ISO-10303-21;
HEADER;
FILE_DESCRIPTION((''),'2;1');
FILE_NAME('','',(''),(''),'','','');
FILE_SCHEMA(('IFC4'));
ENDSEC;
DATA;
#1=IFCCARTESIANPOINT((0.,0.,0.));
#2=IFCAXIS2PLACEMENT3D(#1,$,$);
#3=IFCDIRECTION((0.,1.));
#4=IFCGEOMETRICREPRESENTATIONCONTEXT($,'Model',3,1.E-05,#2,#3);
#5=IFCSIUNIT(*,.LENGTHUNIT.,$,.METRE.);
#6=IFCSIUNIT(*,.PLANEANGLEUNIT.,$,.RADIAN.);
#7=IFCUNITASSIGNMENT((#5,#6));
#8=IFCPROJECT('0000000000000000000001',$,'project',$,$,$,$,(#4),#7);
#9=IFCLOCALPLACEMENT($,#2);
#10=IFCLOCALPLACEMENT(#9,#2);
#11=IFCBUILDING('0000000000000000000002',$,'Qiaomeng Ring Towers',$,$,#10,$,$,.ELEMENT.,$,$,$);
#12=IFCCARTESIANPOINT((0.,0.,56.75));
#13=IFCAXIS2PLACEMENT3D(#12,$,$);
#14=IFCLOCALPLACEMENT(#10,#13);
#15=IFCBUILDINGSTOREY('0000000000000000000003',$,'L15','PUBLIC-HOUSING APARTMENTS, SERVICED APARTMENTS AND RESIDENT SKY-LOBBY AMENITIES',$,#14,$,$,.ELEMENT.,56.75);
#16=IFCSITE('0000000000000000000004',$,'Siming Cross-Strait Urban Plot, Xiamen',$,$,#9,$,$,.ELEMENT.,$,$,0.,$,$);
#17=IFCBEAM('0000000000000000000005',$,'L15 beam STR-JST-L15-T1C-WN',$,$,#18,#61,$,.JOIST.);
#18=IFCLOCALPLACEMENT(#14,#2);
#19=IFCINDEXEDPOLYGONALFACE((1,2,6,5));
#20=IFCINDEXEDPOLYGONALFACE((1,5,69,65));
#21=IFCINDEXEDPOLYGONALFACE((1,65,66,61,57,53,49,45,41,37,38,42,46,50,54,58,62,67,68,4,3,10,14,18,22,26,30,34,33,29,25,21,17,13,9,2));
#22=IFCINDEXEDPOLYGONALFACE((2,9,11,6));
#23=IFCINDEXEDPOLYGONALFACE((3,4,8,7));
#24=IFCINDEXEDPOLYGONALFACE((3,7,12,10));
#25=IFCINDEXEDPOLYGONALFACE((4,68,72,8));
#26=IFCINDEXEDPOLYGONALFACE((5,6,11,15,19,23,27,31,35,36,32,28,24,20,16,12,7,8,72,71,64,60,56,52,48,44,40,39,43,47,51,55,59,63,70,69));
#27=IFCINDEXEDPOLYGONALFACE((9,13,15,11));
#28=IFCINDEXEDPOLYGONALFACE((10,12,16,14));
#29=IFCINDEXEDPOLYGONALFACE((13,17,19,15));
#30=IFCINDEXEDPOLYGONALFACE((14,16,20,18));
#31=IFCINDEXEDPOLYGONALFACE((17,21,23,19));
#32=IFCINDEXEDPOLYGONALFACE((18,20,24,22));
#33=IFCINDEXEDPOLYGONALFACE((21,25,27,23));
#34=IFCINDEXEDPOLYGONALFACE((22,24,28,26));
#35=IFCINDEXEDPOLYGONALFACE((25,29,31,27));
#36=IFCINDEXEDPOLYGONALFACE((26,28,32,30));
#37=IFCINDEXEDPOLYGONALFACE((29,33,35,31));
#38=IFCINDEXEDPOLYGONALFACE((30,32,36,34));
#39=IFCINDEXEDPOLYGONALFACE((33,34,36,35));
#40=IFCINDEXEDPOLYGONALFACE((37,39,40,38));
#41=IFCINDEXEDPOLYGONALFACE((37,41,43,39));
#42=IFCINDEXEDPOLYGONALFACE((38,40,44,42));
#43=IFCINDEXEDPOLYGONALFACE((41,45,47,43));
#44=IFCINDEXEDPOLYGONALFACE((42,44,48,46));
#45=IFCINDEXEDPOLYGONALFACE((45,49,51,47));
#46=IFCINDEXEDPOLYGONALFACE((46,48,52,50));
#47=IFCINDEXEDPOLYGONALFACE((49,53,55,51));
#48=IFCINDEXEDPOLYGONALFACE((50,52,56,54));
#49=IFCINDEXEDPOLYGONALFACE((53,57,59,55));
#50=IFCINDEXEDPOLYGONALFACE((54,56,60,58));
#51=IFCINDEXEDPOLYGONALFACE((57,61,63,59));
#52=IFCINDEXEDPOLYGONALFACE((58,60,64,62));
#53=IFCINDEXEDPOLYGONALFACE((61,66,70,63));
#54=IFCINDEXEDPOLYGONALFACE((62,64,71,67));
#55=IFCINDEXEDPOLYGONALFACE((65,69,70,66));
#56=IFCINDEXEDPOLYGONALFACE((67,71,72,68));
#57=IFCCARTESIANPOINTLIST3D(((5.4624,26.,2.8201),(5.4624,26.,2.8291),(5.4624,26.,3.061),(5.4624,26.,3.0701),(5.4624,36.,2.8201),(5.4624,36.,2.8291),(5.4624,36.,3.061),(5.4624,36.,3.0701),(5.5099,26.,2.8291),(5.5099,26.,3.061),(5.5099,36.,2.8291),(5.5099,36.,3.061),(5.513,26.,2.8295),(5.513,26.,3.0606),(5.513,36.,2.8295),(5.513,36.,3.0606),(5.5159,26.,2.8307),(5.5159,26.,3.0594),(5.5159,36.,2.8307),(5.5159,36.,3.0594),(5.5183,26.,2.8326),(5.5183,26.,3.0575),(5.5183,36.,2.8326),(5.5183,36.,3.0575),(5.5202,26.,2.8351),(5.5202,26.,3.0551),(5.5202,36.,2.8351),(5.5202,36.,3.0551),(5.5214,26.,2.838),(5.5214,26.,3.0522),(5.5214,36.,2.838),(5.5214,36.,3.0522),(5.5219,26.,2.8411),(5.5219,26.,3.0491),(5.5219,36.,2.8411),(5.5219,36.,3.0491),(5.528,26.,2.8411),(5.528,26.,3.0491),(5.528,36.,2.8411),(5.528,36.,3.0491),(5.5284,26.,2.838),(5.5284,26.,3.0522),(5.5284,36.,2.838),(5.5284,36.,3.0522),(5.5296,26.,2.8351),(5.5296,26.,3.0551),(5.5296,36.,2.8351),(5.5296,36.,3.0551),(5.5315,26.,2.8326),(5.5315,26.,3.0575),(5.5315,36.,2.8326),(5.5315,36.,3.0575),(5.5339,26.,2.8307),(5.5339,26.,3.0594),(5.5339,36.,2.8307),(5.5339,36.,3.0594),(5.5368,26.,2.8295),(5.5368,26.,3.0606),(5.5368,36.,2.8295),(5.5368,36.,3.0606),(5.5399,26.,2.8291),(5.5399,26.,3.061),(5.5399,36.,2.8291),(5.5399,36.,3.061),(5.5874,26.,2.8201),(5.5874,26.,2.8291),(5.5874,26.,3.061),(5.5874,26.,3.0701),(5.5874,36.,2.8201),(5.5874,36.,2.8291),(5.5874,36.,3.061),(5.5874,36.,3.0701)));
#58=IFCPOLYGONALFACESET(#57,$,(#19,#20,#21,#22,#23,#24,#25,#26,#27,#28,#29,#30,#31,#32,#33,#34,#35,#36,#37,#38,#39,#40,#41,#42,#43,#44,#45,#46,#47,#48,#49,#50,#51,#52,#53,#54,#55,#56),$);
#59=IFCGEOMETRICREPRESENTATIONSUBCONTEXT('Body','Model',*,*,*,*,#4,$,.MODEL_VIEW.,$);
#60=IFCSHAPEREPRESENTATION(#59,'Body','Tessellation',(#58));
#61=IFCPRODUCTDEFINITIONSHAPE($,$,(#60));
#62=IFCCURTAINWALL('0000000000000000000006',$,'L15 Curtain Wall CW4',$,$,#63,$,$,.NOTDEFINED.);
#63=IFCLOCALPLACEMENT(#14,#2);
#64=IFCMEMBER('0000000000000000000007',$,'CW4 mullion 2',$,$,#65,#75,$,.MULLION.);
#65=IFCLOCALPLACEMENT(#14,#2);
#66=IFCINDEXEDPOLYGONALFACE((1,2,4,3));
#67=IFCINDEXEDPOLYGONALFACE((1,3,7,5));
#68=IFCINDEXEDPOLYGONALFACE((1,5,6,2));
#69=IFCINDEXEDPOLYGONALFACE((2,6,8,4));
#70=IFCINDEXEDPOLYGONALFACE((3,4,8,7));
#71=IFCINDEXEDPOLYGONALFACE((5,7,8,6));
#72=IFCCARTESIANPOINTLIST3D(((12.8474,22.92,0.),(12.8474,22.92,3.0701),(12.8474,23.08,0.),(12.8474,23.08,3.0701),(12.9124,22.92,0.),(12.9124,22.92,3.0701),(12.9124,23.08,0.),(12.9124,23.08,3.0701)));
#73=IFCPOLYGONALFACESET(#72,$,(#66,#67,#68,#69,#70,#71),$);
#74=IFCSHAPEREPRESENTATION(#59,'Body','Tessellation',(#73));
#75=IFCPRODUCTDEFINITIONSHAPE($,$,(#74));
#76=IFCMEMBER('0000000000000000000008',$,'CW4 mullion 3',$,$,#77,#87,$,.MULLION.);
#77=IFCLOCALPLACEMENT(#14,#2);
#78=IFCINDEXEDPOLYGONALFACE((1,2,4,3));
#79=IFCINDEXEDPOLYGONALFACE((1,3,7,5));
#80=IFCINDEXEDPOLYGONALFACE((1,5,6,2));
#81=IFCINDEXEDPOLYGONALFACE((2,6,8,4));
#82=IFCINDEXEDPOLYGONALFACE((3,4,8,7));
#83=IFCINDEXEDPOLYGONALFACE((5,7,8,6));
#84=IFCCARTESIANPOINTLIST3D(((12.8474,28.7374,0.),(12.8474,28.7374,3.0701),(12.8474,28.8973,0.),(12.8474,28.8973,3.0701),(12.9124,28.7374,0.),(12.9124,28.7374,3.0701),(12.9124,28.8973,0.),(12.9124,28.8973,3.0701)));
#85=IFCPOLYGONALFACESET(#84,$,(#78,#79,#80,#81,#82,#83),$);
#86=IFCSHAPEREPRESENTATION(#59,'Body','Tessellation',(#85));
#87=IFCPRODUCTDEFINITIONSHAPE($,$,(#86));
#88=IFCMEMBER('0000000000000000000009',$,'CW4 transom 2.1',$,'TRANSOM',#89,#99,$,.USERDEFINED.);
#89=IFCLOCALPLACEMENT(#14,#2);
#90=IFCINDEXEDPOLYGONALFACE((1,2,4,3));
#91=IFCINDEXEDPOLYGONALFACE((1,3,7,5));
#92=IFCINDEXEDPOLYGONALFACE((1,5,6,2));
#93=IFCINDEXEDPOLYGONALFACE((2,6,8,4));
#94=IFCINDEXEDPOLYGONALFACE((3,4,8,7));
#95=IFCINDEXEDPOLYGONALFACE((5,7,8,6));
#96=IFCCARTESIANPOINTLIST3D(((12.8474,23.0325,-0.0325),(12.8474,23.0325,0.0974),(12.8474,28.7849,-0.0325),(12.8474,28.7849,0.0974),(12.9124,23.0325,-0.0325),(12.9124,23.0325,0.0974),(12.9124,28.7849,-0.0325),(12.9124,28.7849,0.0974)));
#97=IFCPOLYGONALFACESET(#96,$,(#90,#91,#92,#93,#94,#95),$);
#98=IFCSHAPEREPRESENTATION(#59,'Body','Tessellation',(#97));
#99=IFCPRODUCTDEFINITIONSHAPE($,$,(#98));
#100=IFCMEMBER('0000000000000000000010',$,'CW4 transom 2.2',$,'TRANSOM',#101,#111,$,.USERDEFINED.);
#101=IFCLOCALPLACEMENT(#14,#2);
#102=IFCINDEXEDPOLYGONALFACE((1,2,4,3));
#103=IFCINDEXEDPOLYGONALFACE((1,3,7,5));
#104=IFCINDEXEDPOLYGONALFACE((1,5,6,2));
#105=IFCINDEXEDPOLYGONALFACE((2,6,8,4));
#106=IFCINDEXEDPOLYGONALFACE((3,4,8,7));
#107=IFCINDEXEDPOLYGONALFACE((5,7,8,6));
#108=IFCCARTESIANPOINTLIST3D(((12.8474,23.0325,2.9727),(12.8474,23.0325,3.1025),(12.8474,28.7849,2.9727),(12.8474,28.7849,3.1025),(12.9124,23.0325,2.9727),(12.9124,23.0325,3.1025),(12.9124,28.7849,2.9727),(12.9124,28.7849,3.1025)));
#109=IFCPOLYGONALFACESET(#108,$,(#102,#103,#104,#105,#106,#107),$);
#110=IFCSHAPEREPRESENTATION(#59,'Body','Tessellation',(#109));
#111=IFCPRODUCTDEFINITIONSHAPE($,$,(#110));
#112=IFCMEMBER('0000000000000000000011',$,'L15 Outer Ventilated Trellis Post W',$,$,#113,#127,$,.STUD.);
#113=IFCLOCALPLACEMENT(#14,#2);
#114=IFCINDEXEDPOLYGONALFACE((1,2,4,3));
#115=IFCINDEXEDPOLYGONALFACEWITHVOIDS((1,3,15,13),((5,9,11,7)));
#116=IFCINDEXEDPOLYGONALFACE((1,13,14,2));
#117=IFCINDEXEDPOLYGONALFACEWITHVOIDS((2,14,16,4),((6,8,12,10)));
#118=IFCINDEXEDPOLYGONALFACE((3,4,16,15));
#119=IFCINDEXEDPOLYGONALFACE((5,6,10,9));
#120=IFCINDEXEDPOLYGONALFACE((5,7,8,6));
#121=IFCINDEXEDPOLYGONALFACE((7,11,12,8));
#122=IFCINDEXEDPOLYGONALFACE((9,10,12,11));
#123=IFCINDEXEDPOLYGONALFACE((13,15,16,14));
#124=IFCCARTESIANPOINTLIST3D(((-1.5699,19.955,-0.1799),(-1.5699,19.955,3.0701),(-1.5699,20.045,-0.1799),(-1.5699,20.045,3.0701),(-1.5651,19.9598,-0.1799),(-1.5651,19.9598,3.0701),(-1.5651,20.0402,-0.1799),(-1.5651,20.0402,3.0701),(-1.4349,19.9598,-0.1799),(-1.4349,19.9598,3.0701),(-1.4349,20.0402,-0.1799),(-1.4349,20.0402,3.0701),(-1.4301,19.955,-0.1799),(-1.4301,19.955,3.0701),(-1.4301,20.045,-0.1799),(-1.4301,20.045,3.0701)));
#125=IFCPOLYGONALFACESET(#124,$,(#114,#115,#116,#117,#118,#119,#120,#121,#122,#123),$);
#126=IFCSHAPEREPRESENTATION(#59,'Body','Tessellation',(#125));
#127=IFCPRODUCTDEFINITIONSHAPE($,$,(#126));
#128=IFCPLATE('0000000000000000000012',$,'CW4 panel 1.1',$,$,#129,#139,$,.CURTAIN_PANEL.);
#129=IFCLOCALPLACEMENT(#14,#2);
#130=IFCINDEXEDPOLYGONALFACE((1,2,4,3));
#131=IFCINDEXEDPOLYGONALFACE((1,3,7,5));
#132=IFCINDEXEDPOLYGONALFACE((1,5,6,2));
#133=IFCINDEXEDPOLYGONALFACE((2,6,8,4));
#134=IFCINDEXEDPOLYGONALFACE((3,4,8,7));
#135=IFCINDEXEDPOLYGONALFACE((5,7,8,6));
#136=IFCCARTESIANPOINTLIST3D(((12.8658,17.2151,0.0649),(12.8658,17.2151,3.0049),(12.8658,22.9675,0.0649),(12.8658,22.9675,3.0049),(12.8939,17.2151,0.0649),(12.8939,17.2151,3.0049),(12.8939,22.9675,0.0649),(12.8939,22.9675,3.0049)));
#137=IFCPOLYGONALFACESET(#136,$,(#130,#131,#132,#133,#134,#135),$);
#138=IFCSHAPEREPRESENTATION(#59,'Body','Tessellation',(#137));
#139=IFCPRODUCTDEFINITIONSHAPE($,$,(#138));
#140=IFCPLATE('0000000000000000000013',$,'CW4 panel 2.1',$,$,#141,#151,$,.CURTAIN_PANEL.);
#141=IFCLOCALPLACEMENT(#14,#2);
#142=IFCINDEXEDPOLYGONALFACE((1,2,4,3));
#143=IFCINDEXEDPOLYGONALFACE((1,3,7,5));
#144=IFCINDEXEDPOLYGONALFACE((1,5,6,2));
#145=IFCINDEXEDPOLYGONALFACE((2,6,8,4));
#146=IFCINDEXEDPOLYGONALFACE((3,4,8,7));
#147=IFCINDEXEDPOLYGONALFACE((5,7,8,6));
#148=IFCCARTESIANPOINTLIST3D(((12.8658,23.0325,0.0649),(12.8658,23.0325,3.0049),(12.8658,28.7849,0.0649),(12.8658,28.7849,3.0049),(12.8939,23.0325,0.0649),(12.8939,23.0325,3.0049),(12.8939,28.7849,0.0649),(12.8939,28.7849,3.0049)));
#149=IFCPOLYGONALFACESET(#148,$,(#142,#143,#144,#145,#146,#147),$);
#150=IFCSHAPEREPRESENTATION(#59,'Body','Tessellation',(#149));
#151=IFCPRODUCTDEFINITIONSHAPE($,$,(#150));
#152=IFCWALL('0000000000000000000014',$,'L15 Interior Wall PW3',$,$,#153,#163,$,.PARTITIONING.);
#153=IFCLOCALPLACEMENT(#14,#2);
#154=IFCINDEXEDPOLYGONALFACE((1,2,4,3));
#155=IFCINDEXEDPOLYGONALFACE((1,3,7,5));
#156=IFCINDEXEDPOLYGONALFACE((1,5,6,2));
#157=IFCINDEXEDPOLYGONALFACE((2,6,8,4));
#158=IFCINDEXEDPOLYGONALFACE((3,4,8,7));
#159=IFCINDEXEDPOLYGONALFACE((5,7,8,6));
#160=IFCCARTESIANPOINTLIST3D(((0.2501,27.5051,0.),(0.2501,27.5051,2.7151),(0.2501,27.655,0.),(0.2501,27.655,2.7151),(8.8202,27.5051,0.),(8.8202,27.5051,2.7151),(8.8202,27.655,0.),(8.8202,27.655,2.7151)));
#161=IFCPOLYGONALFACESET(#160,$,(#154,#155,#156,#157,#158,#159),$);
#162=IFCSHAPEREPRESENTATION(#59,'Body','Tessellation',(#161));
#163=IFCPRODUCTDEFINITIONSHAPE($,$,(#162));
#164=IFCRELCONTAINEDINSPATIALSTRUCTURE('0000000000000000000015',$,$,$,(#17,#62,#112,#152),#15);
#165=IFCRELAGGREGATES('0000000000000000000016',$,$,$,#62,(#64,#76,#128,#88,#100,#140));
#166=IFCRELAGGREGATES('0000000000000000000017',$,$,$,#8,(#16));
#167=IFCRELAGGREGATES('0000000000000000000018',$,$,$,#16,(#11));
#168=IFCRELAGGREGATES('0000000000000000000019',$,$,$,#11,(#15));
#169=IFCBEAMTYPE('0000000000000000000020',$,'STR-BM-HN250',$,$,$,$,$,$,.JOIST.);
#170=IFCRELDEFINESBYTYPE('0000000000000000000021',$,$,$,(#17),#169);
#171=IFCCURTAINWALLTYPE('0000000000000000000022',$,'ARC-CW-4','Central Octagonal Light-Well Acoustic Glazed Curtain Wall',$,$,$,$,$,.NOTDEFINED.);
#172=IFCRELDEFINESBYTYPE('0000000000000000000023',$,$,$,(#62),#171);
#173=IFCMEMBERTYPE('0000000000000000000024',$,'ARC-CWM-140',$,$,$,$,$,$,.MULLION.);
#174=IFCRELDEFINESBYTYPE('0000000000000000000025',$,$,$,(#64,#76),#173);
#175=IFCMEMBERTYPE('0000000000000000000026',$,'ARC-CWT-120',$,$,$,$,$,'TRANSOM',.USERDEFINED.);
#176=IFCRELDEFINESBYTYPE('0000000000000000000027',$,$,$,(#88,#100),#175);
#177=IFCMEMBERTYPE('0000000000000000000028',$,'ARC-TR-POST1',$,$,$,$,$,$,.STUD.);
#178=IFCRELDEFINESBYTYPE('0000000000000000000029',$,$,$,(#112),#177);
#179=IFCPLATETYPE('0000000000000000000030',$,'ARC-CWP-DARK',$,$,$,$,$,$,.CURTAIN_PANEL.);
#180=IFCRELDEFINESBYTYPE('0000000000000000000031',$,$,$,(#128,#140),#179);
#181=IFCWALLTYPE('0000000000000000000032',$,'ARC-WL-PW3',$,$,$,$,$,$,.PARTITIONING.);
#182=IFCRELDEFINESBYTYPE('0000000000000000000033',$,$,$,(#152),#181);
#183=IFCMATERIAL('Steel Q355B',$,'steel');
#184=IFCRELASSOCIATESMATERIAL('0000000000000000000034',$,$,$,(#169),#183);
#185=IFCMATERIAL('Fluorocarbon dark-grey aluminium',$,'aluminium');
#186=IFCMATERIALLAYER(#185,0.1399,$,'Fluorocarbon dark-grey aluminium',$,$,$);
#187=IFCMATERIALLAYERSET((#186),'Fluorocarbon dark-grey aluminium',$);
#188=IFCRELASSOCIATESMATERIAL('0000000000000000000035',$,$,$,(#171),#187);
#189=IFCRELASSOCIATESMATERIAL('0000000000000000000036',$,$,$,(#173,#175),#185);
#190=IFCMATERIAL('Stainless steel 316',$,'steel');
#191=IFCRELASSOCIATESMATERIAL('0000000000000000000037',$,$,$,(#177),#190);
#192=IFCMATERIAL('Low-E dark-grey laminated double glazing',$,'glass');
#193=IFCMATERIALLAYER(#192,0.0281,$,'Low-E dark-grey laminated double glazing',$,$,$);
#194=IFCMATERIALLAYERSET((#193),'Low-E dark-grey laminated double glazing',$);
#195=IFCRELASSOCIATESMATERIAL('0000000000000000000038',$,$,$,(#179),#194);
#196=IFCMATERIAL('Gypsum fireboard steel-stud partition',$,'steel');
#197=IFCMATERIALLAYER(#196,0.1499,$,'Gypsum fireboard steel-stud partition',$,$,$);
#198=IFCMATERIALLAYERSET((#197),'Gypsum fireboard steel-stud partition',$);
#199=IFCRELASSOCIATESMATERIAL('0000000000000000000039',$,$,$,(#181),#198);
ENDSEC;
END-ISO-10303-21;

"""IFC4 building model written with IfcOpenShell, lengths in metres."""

from ifc_helpers import new_model, si_unit, direction, frame, frame_2d, origin, origin_2d, place, context, subcontext, project, spatial, rectangle, hollow_rectangle, i_section, extrude, source, transform, mapped, material, layer, layer_set, material_profile, profile_set, type_object, element, aggregate, save


model = new_model("IFC4")

# Units and contexts
model_context = context("Model", 3, precision=1e-05, world=origin(), true_north=direction((0.0, 1.0)))
body_context = subcontext(model_context, "Body", "Model", "MODEL_VIEW")
ifc_project = project(units=[si_unit("LENGTHUNIT", "METRE"), si_unit("PLANEANGLEUNIT", "RADIAN")], contexts=[model_context])

# Site, building, storey
site_placement = place(None, origin())
site = spatial("IfcSite", under=ifc_project, at=site_placement, Name="Siming Cross-Strait Urban Plot, Xiamen", CompositionType="ELEMENT", RefElevation=0.0)
building_placement = place(site_placement, origin())
building = spatial("IfcBuilding", under=site, at=building_placement, Name="Qiaomeng Ring Towers", CompositionType="ELEMENT")
storey_placement = place(building_placement, frame((0.0, 0.0, 56.75)))
storey = spatial("IfcBuildingStorey", under=building, at=storey_placement, Name="L15", Description="PUBLIC-HOUSING APARTMENTS, SERVICED APARTMENTS AND RESIDENT SKY-LOBBY AMENITIES", CompositionType="ELEMENT", Elevation=56.75)

# Beam
ifc_material_1 = material(Name="Steel Q355B", Category="steel")
ifc_material_profile_1 = material_profile(ifc_material_1, i_section(OverallWidth=0.125, OverallDepth=0.25, WebThickness=0.0061, FlangeThickness=0.009, FilletRadius=0.012, at=origin_2d()), Name="HN 250x125x6x9")
ifc_profile_set_1 = profile_set([ifc_material_profile_1], Name="Steel Q355B")
beam_type_1 = type_object("IfcBeamType", Name="STR-BM-HN250", PredefinedType="JOIST", material=ifc_profile_set_1)
shared_shape_1 = source(origin(), body_context, "Body", "SweptSolid", [
    extrude(i_section(OverallWidth=0.125, OverallDepth=0.25, WebThickness=0.0061, FlangeThickness=0.009, FilletRadius=0.012, at=origin_2d()), origin(), (0.0, 0.0, 1.0), 10.0),
])
beam_1_placement = place(storey_placement, frame((5.5249, 26.0, 2.9451), z_axis=(0.0, 1.0, 0.0), x_axis=(-1.0, 0.0, 0.0)))
element("IfcBeam", 1, at=beam_1_placement, inside=storey, type_object=beam_type_1, Name="L15 beam STR-JST-L15-T1C-WN", PredefinedType="JOIST", context=body_context, shape_type="MappedRepresentation", body=[
    mapped(shared_shape_1, transform((0.0, 0.0, 0.0), x_axis=(1.0, 0.0, 0.0), y_axis=(0.0, 1.0, 0.0), z_axis=(0.0, 0.0, 1.0), scale=1.0)),
])

# Curtain wall, members
ifc_material_2 = material(Name="Fluorocarbon dark-grey aluminium", Category="aluminium")
ifc_layer_1 = layer(ifc_material_2, 0.1399, Name="Fluorocarbon dark-grey aluminium")
ifc_layer_set_1 = layer_set([ifc_layer_1], Name="Fluorocarbon dark-grey aluminium")
curtain_wall_type = type_object("IfcCurtainWallType", Name="ARC-CW-4", Description="Central Octagonal Light-Well Acoustic Glazed Curtain Wall", PredefinedType="NOTDEFINED", material=ifc_layer_set_1)
curtain_wall_placement = place(storey_placement, origin())
curtain_wall = element("IfcCurtainWall", 2, at=curtain_wall_placement, inside=storey, type_object=curtain_wall_type, Name="L15 Curtain Wall CW4", PredefinedType="NOTDEFINED")
ifc_material_profile_2 = material_profile(ifc_material_2, rectangle(XDim=0.0649, YDim=0.1599, at=origin_2d()), Name="ALU MULL 65x160")
ifc_profile_set_2 = profile_set([ifc_material_profile_2], Name="Fluorocarbon dark-grey aluminium")
member_type_1 = type_object("IfcMemberType", Name="ARC-CWM-140", PredefinedType="MULLION", material=ifc_profile_set_2)
shared_shape_2 = source(origin(), body_context, "Body", "SweptSolid", [
    extrude(rectangle(XDim=0.0649, YDim=0.1599, at=origin_2d()), origin(), (0.0, 0.0, 1.0), 3.0701),
])
member_1_placement = place(storey_placement, frame((12.8799, 23.0, 0.0), z_axis=(0.0, 0.0, 1.0), x_axis=(-1.0, 0.0, 0.0)))
member_1 = element("IfcMember", 3, at=member_1_placement, type_object=member_type_1, Name="CW4 mullion 2", PredefinedType="MULLION", context=body_context, shape_type="MappedRepresentation", body=[
    mapped(shared_shape_2, transform((0.0, 0.0, 0.0), x_axis=(1.0, 0.0, 0.0), y_axis=(0.0, 1.0, 0.0), z_axis=(0.0, 0.0, 1.0), scale=1.0)),
])
member_2_placement = place(storey_placement, frame((12.8799, 28.8174, 0.0), z_axis=(0.0, 0.0, 1.0), x_axis=(-1.0, 0.0, 0.0)))
member_2 = element("IfcMember", 4, at=member_2_placement, type_object=member_type_1, Name="CW4 mullion 3", PredefinedType="MULLION", context=body_context, shape_type="MappedRepresentation", body=[
    mapped(shared_shape_2, transform((0.0, 0.0, 0.0), x_axis=(1.0, 0.0, 0.0), y_axis=(0.0, 1.0, 0.0), z_axis=(0.0, 0.0, 1.0), scale=1.0)),
])
ifc_material_profile_3 = material_profile(ifc_material_2, rectangle(XDim=0.0649, YDim=0.1299, at=origin_2d()), Name="ALU TRAN 65x130")
ifc_profile_set_3 = profile_set([ifc_material_profile_3], Name="Fluorocarbon dark-grey aluminium")
member_type_2 = type_object("IfcMemberType", Name="ARC-CWT-120", ElementType="TRANSOM", PredefinedType="USERDEFINED", material=ifc_profile_set_3)
shared_shape_3 = source(origin(), body_context, "Body", "SweptSolid", [
    extrude(rectangle(XDim=0.0649, YDim=0.1299, at=origin_2d()), origin(), (0.0, 0.0, 1.0), 5.7524),
])
member_3_placement = place(storey_placement, frame((12.8799, 23.0325, 0.0325), z_axis=(0.0, 1.0, 0.0), x_axis=(-1.0, 0.0, 0.0)))
member_3 = element("IfcMember", 5, at=member_3_placement, type_object=member_type_2, Name="CW4 transom 2.1", ObjectType="TRANSOM", PredefinedType="USERDEFINED", context=body_context, shape_type="MappedRepresentation", body=[
    mapped(shared_shape_3, transform((0.0, 0.0, 0.0), x_axis=(1.0, 0.0, 0.0), y_axis=(0.0, 1.0, 0.0), z_axis=(0.0, 0.0, 1.0), scale=1.0)),
])
member_4_placement = place(storey_placement, frame((12.8799, 23.0325, 3.0376), z_axis=(0.0, 1.0, 0.0), x_axis=(-1.0, 0.0, 0.0)))
member_4 = element("IfcMember", 6, at=member_4_placement, type_object=member_type_2, Name="CW4 transom 2.2", ObjectType="TRANSOM", PredefinedType="USERDEFINED", context=body_context, shape_type="MappedRepresentation", body=[
    mapped(shared_shape_3, transform((0.0, 0.0, 0.0), x_axis=(1.0, 0.0, 0.0), y_axis=(0.0, 1.0, 0.0), z_axis=(0.0, 0.0, 1.0), scale=1.0)),
])

# Member
ifc_material_3 = material(Name="Stainless steel 316", Category="steel")
ifc_material_profile_4 = material_profile(ifc_material_3, hollow_rectangle(XDim=0.0901, YDim=0.1399, WallThickness=0.0049, at=origin_2d()), Name="SS TRELLIS 90x140")
ifc_profile_set_4 = profile_set([ifc_material_profile_4], Name="Stainless steel 316")
member_type_3 = type_object("IfcMemberType", Name="ARC-TR-POST1", PredefinedType="STUD", material=ifc_profile_set_4)
shared_shape_4 = source(origin(), body_context, "Body", "SweptSolid", [
    extrude(hollow_rectangle(XDim=0.0901, YDim=0.1399, WallThickness=0.0049, at=origin_2d()), origin(), (0.0, 0.0, 1.0), 3.25),
])
member_5_placement = place(storey_placement, frame((-1.5, 20.0, -0.1799), z_axis=(0.0, 0.0, 1.0), x_axis=(0.0, 1.0, 0.0)))
element("IfcMember", 7, at=member_5_placement, inside=storey, type_object=member_type_3, Name="L15 Outer Ventilated Trellis Post W", PredefinedType="STUD", context=body_context, shape_type="MappedRepresentation", body=[
    mapped(shared_shape_4, transform((0.0, 0.0, 0.0), x_axis=(1.0, 0.0, 0.0), y_axis=(0.0, 1.0, 0.0), z_axis=(0.0, 0.0, 1.0), scale=1.0)),
])

# Plates
ifc_material_4 = material(Name="Low-E dark-grey laminated double glazing", Category="glass")
ifc_layer_2 = layer(ifc_material_4, 0.0281, Name="Low-E dark-grey laminated double glazing")
ifc_layer_set_2 = layer_set([ifc_layer_2], Name="Low-E dark-grey laminated double glazing")
plate_type = type_object("IfcPlateType", Name="ARC-CWP-DARK", PredefinedType="CURTAIN_PANEL", material=ifc_layer_set_2)
shared_shape_5 = source(origin(), body_context, "Body", "SweptSolid", [
    extrude(rectangle(XDim=5.7524, YDim=0.0281, at=origin_2d()), origin(), (0.0, 0.0, 1.0), 2.9399),
])
plate_1_placement = place(storey_placement, frame((12.8799, 20.0913, 0.0649), z_axis=(0.0, 0.0, 1.0), x_axis=(0.0, 1.0, 0.0)))
plate_1 = element("IfcPlate", 8, at=plate_1_placement, type_object=plate_type, Name="CW4 panel 1.1", PredefinedType="CURTAIN_PANEL", context=body_context, shape_type="MappedRepresentation", body=[
    mapped(shared_shape_5, transform((0.0, 0.0, 0.0), x_axis=(1.0, 0.0, 0.0), y_axis=(0.0, 1.0, 0.0), z_axis=(0.0, 0.0, 1.0), scale=1.0)),
])
plate_2_placement = place(storey_placement, frame((12.8799, 25.9087, 0.0649), z_axis=(0.0, 0.0, 1.0), x_axis=(0.0, 1.0, 0.0)))
plate_2 = element("IfcPlate", 9, at=plate_2_placement, type_object=plate_type, Name="CW4 panel 2.1", PredefinedType="CURTAIN_PANEL", context=body_context, shape_type="MappedRepresentation", body=[
    mapped(shared_shape_5, transform((0.0, 0.0, 0.0), x_axis=(1.0, 0.0, 0.0), y_axis=(0.0, 1.0, 0.0), z_axis=(0.0, 0.0, 1.0), scale=1.0)),
])
aggregate(curtain_wall, [member_1, member_2, plate_1, member_3, member_4, plate_2])

# Wall
ifc_material_5 = material(Name="Gypsum fireboard steel-stud partition", Category="steel")
ifc_layer_3 = layer(ifc_material_5, 0.1499, Name="Gypsum fireboard steel-stud partition")
ifc_layer_set_3 = layer_set([ifc_layer_3], Name="Gypsum fireboard steel-stud partition")
wall_type_1 = type_object("IfcWallType", Name="ARC-WL-PW3", PredefinedType="PARTITIONING", material=ifc_layer_set_3)
wall_1_placement = place(storey_placement, frame((0.25, 27.5801, 0.0), z_axis=(0.0, 0.0, 1.0), x_axis=(1.0, 0.0, 0.0)))
element("IfcWall", 10, at=wall_1_placement, inside=storey, type_object=wall_type_1, Name="L15 Interior Wall PW3", PredefinedType="PARTITIONING", context=body_context, shape_type="SweptSolid", body=[
    extrude(rectangle(XDim=8.5701, YDim=0.1499, at=frame_2d((4.2852, 0.0))), origin(), (0.0, 0.0, 1.0), 2.7151),
])

save(model, "model.ifc")
